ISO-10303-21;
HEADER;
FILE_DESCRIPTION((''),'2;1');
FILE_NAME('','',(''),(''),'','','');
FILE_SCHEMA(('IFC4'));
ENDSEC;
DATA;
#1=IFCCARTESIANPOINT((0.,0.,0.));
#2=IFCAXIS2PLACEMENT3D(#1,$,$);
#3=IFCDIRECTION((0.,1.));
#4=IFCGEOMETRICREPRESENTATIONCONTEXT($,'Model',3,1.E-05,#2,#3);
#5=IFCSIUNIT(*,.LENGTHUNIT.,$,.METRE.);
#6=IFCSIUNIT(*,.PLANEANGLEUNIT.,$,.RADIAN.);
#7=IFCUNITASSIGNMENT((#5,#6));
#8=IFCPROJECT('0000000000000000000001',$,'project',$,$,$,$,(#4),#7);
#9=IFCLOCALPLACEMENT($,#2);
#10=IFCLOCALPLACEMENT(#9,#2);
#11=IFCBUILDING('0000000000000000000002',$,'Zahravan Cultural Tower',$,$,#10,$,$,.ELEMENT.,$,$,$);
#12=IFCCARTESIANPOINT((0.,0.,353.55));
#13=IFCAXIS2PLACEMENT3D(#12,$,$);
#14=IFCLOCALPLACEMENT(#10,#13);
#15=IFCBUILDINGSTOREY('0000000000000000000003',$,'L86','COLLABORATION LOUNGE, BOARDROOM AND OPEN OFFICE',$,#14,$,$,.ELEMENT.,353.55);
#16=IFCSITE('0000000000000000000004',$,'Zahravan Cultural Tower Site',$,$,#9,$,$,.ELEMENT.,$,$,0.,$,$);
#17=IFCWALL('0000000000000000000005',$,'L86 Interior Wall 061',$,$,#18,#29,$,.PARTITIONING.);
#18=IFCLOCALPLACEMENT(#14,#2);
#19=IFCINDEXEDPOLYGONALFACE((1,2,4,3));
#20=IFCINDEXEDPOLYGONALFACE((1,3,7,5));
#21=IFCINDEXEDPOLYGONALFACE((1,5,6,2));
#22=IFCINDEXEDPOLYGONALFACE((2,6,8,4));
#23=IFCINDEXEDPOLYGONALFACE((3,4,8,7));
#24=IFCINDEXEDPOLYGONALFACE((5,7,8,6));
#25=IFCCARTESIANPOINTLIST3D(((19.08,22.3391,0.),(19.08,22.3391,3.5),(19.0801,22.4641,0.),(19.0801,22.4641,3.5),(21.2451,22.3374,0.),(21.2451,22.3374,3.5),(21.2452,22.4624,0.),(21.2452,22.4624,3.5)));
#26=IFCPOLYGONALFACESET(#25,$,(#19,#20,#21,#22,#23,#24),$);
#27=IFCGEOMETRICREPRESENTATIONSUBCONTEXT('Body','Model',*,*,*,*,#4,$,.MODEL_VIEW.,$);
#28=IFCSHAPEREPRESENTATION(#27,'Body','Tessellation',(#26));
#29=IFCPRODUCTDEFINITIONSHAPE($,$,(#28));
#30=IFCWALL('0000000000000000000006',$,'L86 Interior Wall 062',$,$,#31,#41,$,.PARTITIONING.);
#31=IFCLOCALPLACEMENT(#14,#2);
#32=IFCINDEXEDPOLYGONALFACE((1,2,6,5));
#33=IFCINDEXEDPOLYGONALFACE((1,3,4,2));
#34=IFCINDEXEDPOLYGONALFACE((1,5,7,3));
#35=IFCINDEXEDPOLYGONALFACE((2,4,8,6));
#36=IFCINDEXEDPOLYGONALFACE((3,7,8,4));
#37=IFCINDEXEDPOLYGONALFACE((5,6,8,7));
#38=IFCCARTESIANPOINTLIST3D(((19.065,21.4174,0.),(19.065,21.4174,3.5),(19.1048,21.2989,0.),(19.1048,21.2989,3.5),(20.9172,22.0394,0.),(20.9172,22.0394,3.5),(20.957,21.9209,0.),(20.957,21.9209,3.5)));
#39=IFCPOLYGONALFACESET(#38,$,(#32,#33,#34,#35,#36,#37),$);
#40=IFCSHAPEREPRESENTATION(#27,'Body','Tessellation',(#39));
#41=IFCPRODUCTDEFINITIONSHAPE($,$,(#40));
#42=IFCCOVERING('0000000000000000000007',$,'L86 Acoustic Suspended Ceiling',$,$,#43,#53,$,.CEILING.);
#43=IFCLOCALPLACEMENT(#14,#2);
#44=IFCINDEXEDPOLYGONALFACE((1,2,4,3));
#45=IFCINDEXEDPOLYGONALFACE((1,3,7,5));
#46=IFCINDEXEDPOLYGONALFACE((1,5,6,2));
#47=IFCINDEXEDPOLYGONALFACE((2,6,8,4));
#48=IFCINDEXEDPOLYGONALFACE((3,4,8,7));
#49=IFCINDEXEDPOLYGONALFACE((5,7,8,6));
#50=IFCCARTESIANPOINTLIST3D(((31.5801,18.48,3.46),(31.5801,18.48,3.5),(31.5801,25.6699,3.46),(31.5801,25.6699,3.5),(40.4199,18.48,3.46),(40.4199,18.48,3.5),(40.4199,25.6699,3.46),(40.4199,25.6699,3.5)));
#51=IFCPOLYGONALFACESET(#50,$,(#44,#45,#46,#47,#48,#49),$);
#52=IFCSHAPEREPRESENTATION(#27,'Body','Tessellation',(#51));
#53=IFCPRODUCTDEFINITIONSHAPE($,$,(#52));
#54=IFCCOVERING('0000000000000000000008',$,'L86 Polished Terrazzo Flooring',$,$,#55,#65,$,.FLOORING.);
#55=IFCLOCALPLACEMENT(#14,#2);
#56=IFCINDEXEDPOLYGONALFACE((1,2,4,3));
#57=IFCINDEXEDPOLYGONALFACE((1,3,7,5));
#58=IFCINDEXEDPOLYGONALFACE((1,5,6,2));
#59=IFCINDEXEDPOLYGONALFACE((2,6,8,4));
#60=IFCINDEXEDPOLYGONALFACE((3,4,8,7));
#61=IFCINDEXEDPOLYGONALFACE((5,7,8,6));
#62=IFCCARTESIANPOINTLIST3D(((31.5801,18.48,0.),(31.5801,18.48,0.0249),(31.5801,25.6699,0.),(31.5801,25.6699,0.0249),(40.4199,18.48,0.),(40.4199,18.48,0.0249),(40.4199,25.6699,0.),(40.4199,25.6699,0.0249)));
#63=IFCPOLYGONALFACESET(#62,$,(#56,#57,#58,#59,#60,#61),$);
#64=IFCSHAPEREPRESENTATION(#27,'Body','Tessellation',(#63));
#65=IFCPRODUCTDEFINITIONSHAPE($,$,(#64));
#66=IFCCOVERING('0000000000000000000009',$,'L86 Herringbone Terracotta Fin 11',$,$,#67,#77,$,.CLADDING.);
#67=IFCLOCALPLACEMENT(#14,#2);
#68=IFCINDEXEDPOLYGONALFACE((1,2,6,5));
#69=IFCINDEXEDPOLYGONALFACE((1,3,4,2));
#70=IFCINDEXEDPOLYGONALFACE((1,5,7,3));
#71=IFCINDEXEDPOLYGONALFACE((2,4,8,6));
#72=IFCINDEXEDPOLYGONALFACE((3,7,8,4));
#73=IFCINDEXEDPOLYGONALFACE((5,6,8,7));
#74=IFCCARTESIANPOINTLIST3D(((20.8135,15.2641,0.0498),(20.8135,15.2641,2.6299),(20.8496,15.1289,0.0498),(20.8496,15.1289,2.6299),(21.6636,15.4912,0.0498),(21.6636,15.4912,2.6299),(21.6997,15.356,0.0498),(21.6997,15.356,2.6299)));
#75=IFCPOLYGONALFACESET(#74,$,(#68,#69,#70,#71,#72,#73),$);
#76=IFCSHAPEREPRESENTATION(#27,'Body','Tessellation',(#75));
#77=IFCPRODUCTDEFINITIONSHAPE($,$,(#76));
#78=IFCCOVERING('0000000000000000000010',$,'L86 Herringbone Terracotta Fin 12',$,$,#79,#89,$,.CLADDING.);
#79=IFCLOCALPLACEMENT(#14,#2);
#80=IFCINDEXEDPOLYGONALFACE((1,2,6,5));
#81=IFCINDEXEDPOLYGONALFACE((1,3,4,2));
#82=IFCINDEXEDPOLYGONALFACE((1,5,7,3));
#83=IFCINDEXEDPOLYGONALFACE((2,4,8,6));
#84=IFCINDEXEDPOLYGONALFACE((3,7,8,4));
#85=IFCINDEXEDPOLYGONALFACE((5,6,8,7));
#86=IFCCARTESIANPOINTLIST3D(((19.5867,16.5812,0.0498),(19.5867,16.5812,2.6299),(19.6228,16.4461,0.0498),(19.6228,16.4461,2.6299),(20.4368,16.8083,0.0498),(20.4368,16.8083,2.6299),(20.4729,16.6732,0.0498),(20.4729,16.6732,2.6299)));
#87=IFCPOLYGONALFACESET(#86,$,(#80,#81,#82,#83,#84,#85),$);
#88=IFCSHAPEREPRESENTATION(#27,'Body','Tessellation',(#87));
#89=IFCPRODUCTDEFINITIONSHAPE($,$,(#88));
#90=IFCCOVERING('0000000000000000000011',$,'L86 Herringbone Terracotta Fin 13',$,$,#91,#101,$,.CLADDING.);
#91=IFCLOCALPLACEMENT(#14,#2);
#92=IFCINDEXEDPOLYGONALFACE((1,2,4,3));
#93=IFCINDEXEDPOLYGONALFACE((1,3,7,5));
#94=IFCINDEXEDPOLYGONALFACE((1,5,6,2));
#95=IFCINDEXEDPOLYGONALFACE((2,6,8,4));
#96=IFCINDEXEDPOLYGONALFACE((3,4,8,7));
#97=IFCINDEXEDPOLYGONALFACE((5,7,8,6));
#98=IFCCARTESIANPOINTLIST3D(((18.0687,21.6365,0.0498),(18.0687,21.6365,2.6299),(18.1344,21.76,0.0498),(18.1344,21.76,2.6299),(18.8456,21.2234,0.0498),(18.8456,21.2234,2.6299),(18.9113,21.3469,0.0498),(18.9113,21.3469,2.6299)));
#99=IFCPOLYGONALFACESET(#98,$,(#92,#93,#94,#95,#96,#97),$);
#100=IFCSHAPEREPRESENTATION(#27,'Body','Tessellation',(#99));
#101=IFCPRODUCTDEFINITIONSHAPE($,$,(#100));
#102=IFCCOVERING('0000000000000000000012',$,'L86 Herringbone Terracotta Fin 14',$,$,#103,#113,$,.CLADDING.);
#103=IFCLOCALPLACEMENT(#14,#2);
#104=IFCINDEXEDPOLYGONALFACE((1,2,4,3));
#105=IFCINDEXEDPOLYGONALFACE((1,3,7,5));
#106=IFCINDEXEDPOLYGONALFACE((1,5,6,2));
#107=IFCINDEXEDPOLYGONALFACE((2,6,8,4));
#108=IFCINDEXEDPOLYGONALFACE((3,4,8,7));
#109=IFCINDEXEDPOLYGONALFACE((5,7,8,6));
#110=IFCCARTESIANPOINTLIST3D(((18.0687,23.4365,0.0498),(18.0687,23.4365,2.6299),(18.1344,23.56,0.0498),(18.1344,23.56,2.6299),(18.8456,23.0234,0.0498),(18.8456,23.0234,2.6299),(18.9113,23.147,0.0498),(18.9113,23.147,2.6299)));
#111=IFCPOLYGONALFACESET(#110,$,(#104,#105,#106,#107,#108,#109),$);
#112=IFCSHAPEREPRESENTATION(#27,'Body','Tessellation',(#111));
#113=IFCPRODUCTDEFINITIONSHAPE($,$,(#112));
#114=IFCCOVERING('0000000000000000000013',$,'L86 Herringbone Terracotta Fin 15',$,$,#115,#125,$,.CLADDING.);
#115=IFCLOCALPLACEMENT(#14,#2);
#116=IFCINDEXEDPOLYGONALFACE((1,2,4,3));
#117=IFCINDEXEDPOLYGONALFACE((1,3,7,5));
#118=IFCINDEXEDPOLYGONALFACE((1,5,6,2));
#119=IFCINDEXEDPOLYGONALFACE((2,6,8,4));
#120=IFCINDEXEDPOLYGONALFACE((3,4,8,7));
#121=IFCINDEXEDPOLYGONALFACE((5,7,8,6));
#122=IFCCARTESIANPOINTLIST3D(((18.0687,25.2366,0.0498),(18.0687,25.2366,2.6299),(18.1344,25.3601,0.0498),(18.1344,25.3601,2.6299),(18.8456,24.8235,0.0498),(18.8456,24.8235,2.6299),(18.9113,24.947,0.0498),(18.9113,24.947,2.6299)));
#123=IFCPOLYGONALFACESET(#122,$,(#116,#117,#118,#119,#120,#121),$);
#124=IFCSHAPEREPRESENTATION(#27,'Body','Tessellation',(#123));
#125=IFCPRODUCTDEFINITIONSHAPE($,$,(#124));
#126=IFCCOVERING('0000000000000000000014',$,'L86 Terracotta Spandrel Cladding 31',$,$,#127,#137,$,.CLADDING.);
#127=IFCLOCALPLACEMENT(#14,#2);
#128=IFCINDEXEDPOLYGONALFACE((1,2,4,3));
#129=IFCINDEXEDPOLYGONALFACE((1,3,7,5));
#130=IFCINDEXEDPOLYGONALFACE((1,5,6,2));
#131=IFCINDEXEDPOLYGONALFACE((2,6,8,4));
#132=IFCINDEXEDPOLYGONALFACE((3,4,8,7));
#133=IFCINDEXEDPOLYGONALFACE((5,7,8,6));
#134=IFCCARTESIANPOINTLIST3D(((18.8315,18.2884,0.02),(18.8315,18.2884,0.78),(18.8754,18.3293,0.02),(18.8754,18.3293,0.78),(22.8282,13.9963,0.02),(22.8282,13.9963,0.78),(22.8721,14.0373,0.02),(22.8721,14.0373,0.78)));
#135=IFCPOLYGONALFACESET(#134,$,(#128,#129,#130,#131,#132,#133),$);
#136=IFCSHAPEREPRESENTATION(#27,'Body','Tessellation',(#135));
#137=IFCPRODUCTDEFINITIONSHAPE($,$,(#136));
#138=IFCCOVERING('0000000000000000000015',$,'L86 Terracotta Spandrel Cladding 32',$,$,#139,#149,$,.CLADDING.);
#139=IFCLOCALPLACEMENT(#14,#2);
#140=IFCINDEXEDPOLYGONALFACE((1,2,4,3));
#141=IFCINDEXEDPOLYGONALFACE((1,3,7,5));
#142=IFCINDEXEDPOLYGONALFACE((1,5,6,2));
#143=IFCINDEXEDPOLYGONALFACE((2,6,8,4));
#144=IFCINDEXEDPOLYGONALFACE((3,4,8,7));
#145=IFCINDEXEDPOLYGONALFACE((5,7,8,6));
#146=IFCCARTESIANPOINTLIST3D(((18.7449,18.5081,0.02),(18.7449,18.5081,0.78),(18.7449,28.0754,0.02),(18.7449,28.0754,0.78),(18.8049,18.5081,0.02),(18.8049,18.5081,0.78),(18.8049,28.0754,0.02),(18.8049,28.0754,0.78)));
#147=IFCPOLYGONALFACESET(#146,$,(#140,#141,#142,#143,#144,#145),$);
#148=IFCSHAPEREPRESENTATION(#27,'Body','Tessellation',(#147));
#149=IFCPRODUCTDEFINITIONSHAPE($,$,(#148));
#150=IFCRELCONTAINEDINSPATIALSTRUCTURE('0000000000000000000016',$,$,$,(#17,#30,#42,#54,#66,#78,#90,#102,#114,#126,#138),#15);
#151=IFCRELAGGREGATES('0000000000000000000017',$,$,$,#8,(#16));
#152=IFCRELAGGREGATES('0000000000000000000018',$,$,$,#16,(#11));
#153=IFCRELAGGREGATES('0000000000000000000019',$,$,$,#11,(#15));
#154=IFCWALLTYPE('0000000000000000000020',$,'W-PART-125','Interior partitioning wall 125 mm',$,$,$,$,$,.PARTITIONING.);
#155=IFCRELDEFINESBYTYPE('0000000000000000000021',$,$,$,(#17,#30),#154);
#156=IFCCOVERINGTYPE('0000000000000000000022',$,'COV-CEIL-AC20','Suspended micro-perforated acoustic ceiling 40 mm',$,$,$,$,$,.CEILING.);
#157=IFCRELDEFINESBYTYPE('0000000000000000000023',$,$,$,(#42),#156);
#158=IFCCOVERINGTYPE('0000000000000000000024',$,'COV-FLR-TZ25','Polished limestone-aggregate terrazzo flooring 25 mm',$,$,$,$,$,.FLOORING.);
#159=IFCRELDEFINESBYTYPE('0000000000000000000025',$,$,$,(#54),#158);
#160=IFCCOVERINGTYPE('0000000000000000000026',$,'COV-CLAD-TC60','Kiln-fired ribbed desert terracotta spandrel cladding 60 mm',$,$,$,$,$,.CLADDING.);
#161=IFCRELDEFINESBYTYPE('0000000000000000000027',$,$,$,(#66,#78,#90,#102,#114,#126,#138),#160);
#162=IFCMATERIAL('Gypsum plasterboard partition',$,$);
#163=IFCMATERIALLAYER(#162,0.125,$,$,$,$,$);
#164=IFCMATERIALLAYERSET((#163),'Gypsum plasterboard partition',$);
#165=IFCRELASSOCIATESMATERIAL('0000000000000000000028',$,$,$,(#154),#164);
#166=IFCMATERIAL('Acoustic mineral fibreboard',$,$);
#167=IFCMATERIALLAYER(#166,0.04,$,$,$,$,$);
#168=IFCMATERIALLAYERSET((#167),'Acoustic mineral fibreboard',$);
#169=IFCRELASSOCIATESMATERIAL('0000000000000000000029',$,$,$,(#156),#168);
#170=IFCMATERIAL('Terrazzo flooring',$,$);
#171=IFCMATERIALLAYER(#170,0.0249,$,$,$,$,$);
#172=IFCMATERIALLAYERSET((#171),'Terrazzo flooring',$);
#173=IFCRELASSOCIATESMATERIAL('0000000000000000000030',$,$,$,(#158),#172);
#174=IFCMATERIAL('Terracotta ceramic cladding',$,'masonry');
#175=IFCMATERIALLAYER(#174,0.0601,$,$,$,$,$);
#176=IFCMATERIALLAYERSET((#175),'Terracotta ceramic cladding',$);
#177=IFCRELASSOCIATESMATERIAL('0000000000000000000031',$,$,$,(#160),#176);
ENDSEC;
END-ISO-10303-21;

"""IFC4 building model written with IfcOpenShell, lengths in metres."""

from ifc_helpers import new_model, si_unit, direction, frame, frame_2d, origin, origin_2d, place, context, subcontext, project, spatial, polyline, rectangle, outline, extrude, source, transform, mapped, material, layer, layer_set, type_object, element, save


model = new_model("IFC4")

# Units and contexts
model_context = context("Model", 3, precision=1e-05, world=origin(), true_north=direction((0.0, 1.0)))
body_context = subcontext(model_context, "Body", "Model", "MODEL_VIEW")
ifc_project = project(units=[si_unit("LENGTHUNIT", "METRE"), si_unit("PLANEANGLEUNIT", "RADIAN")], contexts=[model_context])

# Site, building, storey
site_placement = place(None, origin())
site = spatial("IfcSite", under=ifc_project, at=site_placement, Name="Zahravan Cultural Tower Site", CompositionType="ELEMENT", RefElevation=0.0)
building_placement = place(site_placement, origin())
building = spatial("IfcBuilding", under=site, at=building_placement, Name="Zahravan Cultural Tower", CompositionType="ELEMENT")
storey_placement = place(building_placement, frame((0.0, 0.0, 353.55)))
storey = spatial("IfcBuildingStorey", under=building, at=storey_placement, Name="L86", Description="COLLABORATION LOUNGE, BOARDROOM AND OPEN OFFICE", CompositionType="ELEMENT", Elevation=353.55)

# Walls
ifc_material_1 = material(Name="Gypsum plasterboard partition")
ifc_layer_1 = layer(ifc_material_1, 0.125)
ifc_layer_set_1 = layer_set([ifc_layer_1], Name="Gypsum plasterboard partition")
wall_type_1 = type_object("IfcWallType", Name="W-PART-125", Description="Interior partitioning wall 125 mm", PredefinedType="PARTITIONING", material=ifc_layer_set_1)
shared_shape_1 = source(origin(), body_context, "Body", "SweptSolid", [
    extrude(rectangle(XDim=2.165, YDim=0.125, at=frame_2d((1.0825, 0.0))), origin(), (0.0, 0.0, 1.0), 3.5),
])
wall_1_placement = place(storey_placement, frame((19.0801, 22.4016, 0.0), z_axis=(0.0, 0.0, 1.0), x_axis=(1.0, -0.000789, 0.0)))
element("IfcWall", 1, at=wall_1_placement, inside=storey, type_object=wall_type_1, Name="L86 Interior Wall 061", PredefinedType="PARTITIONING", context=body_context, shape_type="MappedRepresentation", body=[
    mapped(shared_shape_1, transform((0.0, 0.0, 0.0), x_axis=(1.0, 0.0, 0.0), y_axis=(0.0, 1.0, 0.0), z_axis=(0.0, 0.0, 1.0), scale=1.0)),
])
shared_shape_2 = source(origin(), body_context, "Body", "SweptSolid", [
    extrude(rectangle(XDim=1.9539, YDim=0.125, at=frame_2d((0.9771, 0.0))), origin(), (0.0, 0.0, 1.0), 3.5),
])
wall_2_placement = place(storey_placement, frame((20.9373, 21.9802, 0.0), z_axis=(0.0, 0.0, 1.0), x_axis=(-0.947969, -0.318364, 0.0)))
element("IfcWall", 2, at=wall_2_placement, inside=storey, type_object=wall_type_1, Name="L86 Interior Wall 062", PredefinedType="PARTITIONING", context=body_context, shape_type="MappedRepresentation", body=[
    mapped(shared_shape_2, transform((0.0, 0.0, 0.0), x_axis=(1.0, 0.0, 0.0), y_axis=(0.0, 1.0, 0.0), z_axis=(0.0, 0.0, 1.0), scale=1.0)),
])

# Coverings
ifc_material_2 = material(Name="Acoustic mineral fibreboard")
ifc_layer_2 = layer(ifc_material_2, 0.04)
ifc_layer_set_2 = layer_set([ifc_layer_2], Name="Acoustic mineral fibreboard")
covering_type_1 = type_object("IfcCoveringType", Name="COV-CEIL-AC20", Description="Suspended micro-perforated acoustic ceiling 40 mm", PredefinedType="CEILING", material=ifc_layer_set_2)
covering_1_placement = place(storey_placement, frame((0.0, 0.0, 3.46)))
element("IfcCovering", 3, at=covering_1_placement, inside=storey, type_object=covering_type_1, Name="L86 Acoustic Suspended Ceiling", PredefinedType="CEILING", context=body_context, shape_type="SweptSolid", body=[
    extrude(outline(polyline([(40.4199, 25.6699), (31.5801, 25.6699), (31.5801, 18.48), (40.4199, 18.48), (40.4199, 25.6699)])), origin(), (0.0, 0.0, 1.0), 0.04),
])
ifc_material_3 = material(Name="Terrazzo flooring")
ifc_layer_3 = layer(ifc_material_3, 0.0249)
ifc_layer_set_3 = layer_set([ifc_layer_3], Name="Terrazzo flooring")
covering_type_2 = type_object("IfcCoveringType", Name="COV-FLR-TZ25", Description="Polished limestone-aggregate terrazzo flooring 25 mm", PredefinedType="FLOORING", material=ifc_layer_set_3)
covering_2_placement = place(storey_placement, origin())
element("IfcCovering", 4, at=covering_2_placement, inside=storey, type_object=covering_type_2, Name="L86 Polished Terrazzo Flooring", PredefinedType="FLOORING", context=body_context, shape_type="SweptSolid", body=[
    extrude(outline(polyline([(40.4199, 25.6699), (31.5801, 25.6699), (31.5801, 18.48), (40.4199, 18.48), (40.4199, 25.6699)])), origin(), (0.0, 0.0, 1.0), 0.0249),
])
ifc_material_4 = material(Name="Terracotta ceramic cladding", Category="masonry")
ifc_layer_4 = layer(ifc_material_4, 0.0601)
ifc_layer_set_4 = layer_set([ifc_layer_4], Name="Terracotta ceramic cladding")
covering_type_3 = type_object("IfcCoveringType", Name="COV-CLAD-TC60", Description="Kiln-fired ribbed desert terracotta spandrel cladding 60 mm", PredefinedType="CLADDING", material=ifc_layer_set_4)
shared_shape_3 = source(origin(), body_context, "Body", "SweptSolid", [
    extrude(rectangle(XDim=0.8799, YDim=0.1399, at=origin_2d()), origin(), (0.0, 0.0, 1.0), 2.5801),
])
for number, where, z_axis, x_axis, name in (
    (5, (21.2566, 15.3101, 0.0498), (0.0, 0.0, 1.0), (-0.966111, -0.258128, 0.0), "L86 Herringbone Terracotta Fin 11"),
    (6, (20.0298, 16.6272, 0.0498), (0.0, 0.0, 1.0), (-0.966111, -0.258128, 0.0), "L86 Herringbone Terracotta Fin 12"),
    (7, (18.49, 21.4917, 0.0498), (0.0, 0.0, 1.0), (-0.882948, 0.469472, 0.0), "L86 Herringbone Terracotta Fin 13"),
    (8, (18.49, 23.2917, 0.0498), (0.0, 0.0, 1.0), (-0.882948, 0.469472, 0.0), "L86 Herringbone Terracotta Fin 14"),
    (9, (18.49, 25.0918, 0.0498), (0.0, 0.0, 1.0), (-0.882948, 0.469472, 0.0), "L86 Herringbone Terracotta Fin 15"),
):
    element("IfcCovering", number, at=place(storey_placement, frame(where, z_axis=z_axis, x_axis=x_axis)), inside=storey, type_object=covering_type_3, Name=name, PredefinedType="CLADDING", context=body_context, shape_type="MappedRepresentation", body=[
        mapped(shared_shape_3, transform((0.0, 0.0, 0.0), x_axis=(1.0, 0.0, 0.0), y_axis=(0.0, 1.0, 0.0), z_axis=(0.0, 0.0, 1.0), scale=1.0)),
    ])
shared_shape_4 = source(origin(), body_context, "Body", "SweptSolid", [
    extrude(rectangle(XDim=5.8647, YDim=0.0601, at=origin_2d()), origin(), (0.0, 0.0, 1.0), 0.76),
])
covering_3_placement = place(storey_placement, frame((20.8518, 16.1628, 0.02), z_axis=(0.0, 0.0, 1.0), x_axis=(-0.681475, 0.731842, 0.0)))
element("IfcCovering", 10, at=covering_3_placement, inside=storey, type_object=covering_type_3, Name="L86 Terracotta Spandrel Cladding 31", PredefinedType="CLADDING", context=body_context, shape_type="MappedRepresentation", body=[
    mapped(shared_shape_4, transform((0.0, 0.0, 0.0), x_axis=(1.0, 0.0, 0.0), y_axis=(0.0, 1.0, 0.0), z_axis=(0.0, 0.0, 1.0), scale=1.0)),
])
shared_shape_5 = source(origin(), body_context, "Body", "SweptSolid", [
    extrude(rectangle(XDim=9.5674, YDim=0.0601, at=origin_2d()), origin(), (0.0, 0.0, 1.0), 0.76),
])
covering_4_placement = place(storey_placement, frame((18.7749, 23.2917, 0.02), z_axis=(0.0, 0.0, 1.0), x_axis=(0.0, 1.0, 0.0)))
element("IfcCovering", 11, at=covering_4_placement, inside=storey, type_object=covering_type_3, Name="L86 Terracotta Spandrel Cladding 32", PredefinedType="CLADDING", context=body_context, shape_type="MappedRepresentation", body=[
    mapped(shared_shape_5, transform((0.0, 0.0, 0.0), x_axis=(1.0, 0.0, 0.0), y_axis=(0.0, 1.0, 0.0), z_axis=(0.0, 0.0, 1.0), scale=1.0)),
])

save(model, "model.ifc")
